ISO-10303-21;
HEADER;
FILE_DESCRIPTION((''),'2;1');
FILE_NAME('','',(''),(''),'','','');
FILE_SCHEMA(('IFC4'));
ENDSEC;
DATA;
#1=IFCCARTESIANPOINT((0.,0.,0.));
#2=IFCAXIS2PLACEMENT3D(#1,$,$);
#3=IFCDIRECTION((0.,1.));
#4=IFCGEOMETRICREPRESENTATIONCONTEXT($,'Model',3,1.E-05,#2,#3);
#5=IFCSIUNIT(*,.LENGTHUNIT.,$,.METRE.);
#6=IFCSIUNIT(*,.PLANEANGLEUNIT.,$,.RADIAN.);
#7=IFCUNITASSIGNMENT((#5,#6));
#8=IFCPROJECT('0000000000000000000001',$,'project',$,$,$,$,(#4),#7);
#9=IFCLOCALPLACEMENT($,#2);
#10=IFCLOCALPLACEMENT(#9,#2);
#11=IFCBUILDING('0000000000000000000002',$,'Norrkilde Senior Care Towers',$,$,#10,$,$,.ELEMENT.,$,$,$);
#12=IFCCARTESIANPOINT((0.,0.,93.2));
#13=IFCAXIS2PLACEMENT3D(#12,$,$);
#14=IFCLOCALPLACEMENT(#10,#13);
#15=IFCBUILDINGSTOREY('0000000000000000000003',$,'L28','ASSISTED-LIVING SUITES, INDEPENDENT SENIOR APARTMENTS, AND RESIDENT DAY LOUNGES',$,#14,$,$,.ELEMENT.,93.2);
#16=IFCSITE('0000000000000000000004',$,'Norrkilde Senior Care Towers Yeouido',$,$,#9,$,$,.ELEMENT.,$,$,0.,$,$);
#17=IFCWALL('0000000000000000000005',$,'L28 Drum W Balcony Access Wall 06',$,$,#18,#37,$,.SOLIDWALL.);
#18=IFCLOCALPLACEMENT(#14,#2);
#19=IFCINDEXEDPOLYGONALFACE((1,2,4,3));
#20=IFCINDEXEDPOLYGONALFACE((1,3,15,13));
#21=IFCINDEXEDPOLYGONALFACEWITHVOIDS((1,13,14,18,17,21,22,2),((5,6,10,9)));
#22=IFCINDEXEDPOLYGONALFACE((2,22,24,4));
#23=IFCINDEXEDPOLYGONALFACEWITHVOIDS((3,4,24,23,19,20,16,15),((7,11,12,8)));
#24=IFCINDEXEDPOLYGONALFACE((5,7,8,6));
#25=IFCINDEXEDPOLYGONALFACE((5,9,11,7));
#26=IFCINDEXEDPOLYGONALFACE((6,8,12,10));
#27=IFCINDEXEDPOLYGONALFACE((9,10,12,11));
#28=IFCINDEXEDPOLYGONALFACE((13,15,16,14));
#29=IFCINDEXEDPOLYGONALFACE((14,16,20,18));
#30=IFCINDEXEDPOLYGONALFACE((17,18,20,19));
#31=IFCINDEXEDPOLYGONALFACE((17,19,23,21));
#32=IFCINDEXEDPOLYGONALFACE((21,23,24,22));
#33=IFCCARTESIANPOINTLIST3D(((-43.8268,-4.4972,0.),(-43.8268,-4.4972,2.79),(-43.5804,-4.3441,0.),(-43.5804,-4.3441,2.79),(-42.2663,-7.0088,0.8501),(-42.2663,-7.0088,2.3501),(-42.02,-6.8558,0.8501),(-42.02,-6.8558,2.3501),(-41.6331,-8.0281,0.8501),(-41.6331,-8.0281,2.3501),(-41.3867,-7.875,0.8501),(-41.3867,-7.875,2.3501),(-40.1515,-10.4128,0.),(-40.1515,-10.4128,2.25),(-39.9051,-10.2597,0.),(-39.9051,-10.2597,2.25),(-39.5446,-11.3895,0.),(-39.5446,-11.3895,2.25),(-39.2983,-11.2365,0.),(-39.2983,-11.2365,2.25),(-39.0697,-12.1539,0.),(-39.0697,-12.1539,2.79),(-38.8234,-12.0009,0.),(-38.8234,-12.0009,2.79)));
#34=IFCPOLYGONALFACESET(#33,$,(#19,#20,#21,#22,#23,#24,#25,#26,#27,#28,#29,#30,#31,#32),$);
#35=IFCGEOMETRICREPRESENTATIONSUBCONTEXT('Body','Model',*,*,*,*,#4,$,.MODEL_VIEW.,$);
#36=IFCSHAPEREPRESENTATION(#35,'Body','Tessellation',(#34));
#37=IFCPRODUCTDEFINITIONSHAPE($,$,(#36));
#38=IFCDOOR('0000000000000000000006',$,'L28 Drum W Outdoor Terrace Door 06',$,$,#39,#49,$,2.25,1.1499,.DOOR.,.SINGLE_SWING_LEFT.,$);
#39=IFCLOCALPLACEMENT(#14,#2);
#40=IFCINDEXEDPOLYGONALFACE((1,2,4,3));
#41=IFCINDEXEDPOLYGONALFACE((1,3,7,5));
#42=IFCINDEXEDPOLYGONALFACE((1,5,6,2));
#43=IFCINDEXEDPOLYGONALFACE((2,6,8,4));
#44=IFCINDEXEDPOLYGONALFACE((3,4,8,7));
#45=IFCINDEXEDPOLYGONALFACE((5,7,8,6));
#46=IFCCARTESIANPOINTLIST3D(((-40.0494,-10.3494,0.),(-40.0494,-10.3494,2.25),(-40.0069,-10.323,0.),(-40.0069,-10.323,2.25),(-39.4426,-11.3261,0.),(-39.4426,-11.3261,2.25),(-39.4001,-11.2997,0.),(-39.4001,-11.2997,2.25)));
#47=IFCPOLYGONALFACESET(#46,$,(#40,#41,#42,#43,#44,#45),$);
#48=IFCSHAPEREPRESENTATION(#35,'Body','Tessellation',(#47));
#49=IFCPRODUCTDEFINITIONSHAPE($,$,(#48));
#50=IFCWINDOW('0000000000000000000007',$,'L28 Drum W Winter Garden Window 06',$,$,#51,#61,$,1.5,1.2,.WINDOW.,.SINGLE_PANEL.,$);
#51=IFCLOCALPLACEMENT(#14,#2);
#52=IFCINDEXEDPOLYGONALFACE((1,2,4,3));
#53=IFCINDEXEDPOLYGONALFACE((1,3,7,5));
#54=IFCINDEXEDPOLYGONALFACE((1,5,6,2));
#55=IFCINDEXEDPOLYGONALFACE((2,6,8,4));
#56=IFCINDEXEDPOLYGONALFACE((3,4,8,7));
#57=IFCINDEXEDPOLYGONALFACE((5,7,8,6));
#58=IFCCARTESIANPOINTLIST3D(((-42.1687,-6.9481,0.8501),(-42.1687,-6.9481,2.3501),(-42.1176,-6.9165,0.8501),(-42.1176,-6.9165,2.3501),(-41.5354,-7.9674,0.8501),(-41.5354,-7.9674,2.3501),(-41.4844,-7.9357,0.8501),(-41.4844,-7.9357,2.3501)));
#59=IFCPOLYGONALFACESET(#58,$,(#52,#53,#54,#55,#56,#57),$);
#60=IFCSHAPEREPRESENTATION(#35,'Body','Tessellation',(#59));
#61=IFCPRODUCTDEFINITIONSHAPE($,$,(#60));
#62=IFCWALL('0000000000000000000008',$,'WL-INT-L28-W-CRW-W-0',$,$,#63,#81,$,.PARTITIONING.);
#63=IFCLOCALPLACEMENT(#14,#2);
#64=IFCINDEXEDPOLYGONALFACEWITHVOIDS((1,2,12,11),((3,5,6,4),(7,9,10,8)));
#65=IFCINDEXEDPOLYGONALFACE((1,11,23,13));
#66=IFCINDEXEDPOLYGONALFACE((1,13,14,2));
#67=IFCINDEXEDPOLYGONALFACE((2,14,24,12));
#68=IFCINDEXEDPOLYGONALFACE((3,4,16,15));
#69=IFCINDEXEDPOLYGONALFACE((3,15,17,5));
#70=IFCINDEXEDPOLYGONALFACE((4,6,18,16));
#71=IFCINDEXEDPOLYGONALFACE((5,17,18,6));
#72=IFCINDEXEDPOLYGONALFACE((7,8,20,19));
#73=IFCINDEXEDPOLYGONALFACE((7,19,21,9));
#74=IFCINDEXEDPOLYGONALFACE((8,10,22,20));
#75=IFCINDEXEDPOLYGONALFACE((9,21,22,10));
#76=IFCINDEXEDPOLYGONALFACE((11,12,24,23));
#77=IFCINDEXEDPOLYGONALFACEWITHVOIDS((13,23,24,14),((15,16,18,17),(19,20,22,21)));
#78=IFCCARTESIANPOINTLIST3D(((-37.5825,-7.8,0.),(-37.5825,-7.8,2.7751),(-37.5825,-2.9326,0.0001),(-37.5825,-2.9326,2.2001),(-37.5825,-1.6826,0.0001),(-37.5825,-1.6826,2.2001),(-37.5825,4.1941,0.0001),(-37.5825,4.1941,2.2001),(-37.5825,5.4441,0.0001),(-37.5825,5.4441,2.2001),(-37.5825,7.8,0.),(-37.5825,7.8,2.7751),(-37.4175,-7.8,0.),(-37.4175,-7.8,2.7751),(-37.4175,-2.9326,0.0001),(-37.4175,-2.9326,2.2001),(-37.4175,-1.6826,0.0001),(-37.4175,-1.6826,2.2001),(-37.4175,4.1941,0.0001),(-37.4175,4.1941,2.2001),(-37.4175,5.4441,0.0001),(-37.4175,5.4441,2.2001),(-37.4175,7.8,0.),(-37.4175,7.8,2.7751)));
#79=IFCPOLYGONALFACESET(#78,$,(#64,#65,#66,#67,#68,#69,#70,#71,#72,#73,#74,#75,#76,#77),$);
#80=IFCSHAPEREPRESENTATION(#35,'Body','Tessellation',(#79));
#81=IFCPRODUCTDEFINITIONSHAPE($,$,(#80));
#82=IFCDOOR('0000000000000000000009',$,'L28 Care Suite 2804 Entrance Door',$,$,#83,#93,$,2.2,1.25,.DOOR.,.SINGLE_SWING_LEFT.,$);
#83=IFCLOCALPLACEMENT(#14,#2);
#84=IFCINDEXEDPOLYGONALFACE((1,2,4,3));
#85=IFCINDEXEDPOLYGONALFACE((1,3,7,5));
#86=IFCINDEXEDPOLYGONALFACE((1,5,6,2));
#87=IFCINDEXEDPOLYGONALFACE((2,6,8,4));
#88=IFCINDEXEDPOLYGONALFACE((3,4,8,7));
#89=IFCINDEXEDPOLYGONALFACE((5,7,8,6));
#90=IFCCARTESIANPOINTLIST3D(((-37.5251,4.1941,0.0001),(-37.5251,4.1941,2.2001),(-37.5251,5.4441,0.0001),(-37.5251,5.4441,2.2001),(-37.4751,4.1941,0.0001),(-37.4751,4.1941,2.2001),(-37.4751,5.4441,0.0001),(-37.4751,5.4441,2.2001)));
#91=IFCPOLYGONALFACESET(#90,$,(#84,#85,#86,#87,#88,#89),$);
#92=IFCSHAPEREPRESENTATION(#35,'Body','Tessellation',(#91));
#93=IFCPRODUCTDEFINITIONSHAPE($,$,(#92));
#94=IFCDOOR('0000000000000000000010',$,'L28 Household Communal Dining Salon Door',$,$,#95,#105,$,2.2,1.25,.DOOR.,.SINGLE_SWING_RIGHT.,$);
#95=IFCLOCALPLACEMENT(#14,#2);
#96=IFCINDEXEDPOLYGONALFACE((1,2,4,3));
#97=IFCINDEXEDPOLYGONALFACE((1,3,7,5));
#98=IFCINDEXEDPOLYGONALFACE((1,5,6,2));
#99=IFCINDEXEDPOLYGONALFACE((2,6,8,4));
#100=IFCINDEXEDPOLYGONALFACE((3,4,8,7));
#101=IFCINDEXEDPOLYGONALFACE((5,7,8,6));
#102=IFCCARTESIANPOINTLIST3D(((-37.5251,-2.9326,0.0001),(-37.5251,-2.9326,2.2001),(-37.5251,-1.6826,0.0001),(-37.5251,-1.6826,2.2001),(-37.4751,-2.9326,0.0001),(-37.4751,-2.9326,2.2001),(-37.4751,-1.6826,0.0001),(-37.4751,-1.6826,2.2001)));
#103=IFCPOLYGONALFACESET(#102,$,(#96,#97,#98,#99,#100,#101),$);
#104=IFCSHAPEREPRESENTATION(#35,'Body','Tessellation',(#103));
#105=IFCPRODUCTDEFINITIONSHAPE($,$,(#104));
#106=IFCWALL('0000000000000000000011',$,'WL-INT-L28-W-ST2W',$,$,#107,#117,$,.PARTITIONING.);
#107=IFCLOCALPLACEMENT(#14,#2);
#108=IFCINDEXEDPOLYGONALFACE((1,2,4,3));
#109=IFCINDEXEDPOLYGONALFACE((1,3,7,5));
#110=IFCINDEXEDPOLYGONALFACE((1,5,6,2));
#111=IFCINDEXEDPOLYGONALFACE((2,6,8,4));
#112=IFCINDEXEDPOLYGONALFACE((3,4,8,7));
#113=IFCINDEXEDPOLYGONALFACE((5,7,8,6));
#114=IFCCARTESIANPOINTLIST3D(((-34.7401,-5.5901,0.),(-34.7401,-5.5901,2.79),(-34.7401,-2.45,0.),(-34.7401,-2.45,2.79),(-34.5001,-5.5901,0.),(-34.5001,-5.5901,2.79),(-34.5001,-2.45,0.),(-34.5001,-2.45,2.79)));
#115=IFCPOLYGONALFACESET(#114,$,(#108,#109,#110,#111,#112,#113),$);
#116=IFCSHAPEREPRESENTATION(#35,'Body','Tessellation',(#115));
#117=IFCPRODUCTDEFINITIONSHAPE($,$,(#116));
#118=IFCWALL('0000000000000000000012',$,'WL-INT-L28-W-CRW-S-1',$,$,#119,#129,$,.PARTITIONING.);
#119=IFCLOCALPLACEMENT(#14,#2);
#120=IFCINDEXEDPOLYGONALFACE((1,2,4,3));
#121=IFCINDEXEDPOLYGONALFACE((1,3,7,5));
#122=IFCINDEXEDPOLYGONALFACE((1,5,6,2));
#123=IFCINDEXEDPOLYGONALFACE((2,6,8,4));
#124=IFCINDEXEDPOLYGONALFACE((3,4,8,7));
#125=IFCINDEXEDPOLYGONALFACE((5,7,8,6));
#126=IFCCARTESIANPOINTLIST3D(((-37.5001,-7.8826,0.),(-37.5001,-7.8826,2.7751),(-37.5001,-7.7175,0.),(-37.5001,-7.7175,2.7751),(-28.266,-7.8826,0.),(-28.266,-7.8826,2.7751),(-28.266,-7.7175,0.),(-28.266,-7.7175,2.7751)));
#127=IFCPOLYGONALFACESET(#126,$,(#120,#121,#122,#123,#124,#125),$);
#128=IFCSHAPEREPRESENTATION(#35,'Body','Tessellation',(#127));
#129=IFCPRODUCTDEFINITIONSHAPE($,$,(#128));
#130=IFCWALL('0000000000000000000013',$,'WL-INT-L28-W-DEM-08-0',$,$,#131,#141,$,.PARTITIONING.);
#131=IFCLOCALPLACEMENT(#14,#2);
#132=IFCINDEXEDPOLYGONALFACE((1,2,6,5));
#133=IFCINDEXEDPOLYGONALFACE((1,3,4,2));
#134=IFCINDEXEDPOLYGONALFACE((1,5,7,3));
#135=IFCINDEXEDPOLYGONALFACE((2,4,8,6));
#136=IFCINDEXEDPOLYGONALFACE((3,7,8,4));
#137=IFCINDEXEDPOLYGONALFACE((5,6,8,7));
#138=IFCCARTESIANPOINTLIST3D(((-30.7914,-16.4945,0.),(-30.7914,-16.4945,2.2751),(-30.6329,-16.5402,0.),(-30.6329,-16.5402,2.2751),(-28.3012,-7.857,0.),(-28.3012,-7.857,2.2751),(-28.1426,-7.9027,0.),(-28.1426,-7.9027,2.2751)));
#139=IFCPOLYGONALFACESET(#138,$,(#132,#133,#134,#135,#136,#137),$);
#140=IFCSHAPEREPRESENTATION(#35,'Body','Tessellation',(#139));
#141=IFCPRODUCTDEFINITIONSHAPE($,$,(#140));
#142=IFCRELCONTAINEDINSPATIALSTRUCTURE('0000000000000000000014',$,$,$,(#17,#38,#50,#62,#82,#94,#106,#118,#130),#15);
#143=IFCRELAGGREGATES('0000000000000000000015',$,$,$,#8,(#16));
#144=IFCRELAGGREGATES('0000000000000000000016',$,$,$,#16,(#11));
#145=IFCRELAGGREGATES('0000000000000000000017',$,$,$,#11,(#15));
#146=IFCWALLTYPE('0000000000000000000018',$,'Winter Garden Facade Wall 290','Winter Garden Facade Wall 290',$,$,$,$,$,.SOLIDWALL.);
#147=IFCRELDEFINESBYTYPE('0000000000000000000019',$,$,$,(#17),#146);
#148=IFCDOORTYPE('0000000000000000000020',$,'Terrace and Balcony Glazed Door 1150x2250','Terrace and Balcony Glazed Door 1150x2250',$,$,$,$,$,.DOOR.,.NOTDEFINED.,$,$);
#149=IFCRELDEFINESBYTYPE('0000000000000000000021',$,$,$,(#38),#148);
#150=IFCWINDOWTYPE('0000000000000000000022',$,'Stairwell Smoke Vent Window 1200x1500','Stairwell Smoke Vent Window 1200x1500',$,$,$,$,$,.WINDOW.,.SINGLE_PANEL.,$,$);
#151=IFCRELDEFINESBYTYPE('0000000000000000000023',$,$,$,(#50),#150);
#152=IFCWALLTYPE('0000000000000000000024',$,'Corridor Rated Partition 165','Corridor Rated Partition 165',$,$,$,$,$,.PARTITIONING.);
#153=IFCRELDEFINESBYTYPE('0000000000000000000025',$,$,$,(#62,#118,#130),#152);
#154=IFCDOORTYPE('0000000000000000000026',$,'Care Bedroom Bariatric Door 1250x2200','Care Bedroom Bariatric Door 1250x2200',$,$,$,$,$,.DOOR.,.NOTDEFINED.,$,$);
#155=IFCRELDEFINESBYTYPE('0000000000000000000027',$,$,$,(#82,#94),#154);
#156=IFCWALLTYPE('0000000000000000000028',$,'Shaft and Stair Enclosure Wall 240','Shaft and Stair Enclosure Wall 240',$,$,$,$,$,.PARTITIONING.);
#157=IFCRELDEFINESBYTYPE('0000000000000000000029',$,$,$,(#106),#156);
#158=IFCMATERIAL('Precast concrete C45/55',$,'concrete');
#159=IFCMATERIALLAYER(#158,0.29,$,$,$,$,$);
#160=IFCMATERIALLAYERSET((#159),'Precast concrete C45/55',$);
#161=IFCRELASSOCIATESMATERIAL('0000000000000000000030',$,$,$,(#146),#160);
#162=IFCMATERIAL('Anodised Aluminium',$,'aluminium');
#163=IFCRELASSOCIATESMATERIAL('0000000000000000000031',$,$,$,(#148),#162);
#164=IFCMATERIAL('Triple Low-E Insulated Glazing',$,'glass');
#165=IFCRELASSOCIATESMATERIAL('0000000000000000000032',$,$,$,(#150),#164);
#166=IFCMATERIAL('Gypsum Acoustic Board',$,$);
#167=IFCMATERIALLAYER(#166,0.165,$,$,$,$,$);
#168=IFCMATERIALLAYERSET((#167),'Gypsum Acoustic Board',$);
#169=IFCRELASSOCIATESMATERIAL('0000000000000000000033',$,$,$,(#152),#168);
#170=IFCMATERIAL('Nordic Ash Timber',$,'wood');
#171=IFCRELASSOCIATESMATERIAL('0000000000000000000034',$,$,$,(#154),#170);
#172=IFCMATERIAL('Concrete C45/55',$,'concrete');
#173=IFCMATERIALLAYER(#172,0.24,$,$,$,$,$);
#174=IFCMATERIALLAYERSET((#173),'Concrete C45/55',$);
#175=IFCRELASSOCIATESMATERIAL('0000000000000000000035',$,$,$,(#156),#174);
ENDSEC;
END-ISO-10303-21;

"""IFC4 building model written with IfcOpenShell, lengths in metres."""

from ifc_helpers import new_model, si_unit, direction, frame, frame_2d, origin, place, context, subcontext, project, spatial, rectangle, extrude, source, transform, mapped, material, layer, layer_set, type_object, type_shapes, element, fill, save


model = new_model("IFC4")

# Units and contexts
model_context = context("Model", 3, precision=1e-05, world=origin(), true_north=direction((0.0, 1.0)))
body_context = subcontext(model_context, "Body", "Model", "MODEL_VIEW")
ifc_project = project(units=[si_unit("LENGTHUNIT", "METRE"), si_unit("PLANEANGLEUNIT", "RADIAN")], contexts=[model_context])

# Site, building, storey
site_placement = place(None, origin())
site = spatial("IfcSite", under=ifc_project, at=site_placement, Name="Norrkilde Senior Care Towers Yeouido", CompositionType="ELEMENT", RefElevation=0.0)
building_placement = place(site_placement, origin())
building = spatial("IfcBuilding", under=site, at=building_placement, Name="Norrkilde Senior Care Towers", CompositionType="ELEMENT")
storey_placement = place(building_placement, frame((0.0, 0.0, 93.2)))
storey = spatial("IfcBuildingStorey", under=building, at=storey_placement, Name="L28", Description="ASSISTED-LIVING SUITES, INDEPENDENT SENIOR APARTMENTS, AND RESIDENT DAY LOUNGES", CompositionType="ELEMENT", Elevation=93.2)

# Shared definitions
ifc_material_1 = material(Name="Triple Low-E Insulated Glazing", Category="glass")
ifc_material_2 = material(Name="Anodised Aluminium", Category="aluminium")

# Wall, openings, door, window
ifc_material_3 = material(Name="Precast concrete C45/55", Category="concrete")
ifc_layer_1 = layer(ifc_material_3, 0.29)
ifc_layer_set_1 = layer_set([ifc_layer_1], Name="Precast concrete C45/55")
wall_type_1 = type_object("IfcWallType", Name="Winter Garden Facade Wall 290", Description="Winter Garden Facade Wall 290", PredefinedType="SOLIDWALL", material=ifc_layer_set_1)
shared_shape_1 = source(origin(), body_context, "Body", "SweptSolid", [
    extrude(rectangle(XDim=9.0142, YDim=0.29, at=frame_2d((4.5071, 0.0))), origin(), (0.0, 0.0, 1.0), 2.79),
])
type_shapes(wall_type_1, [shared_shape_1])
wall_1_placement = place(storey_placement, frame((-38.9465, -12.0774, 0.0), z_axis=(0.0, 0.0, 1.0), x_axis=(-0.527733, 0.84941, 0.0)))
wall_1 = element("IfcWall", 1, at=wall_1_placement, inside=storey, type_object=wall_type_1, Name="L28 Drum W Balcony Access Wall 06", PredefinedType="SOLIDWALL", context=body_context, shape_type="MappedRepresentation", body=[
    mapped(shared_shape_1, transform((0.0, 0.0, 0.0), x_axis=(1.0, 0.0, 0.0), y_axis=(0.0, 1.0, 0.0), z_axis=(0.0, 0.0, 1.0), scale=1.0)),
])
opening_1_placement = place(wall_1_placement, frame((0.8999, 0.0, 0.0)))
opening_1 = element("IfcOpeningElement", 2, at=opening_1_placement, cuts=wall_1, PredefinedType="OPENING", context=body_context, shape_type="SweptSolid", body=[
    extrude(rectangle(XDim=1.1499, YDim=2.25, at=frame_2d((0.575, 1.125))), frame((0.0, 0.155, 0.0), z_axis=(0.0, -1.0, 0.0), x_axis=(1.0, 0.0, 0.0)), (0.0, 0.0, 1.0), 0.3101),
])
opening_2_placement = place(wall_1_placement, frame((4.8572, 0.0, 0.8501)))
opening_2 = element("IfcOpeningElement", 3, at=opening_2_placement, cuts=wall_1, PredefinedType="OPENING", context=body_context, shape_type="SweptSolid", body=[
    extrude(rectangle(XDim=1.2, YDim=1.5, at=frame_2d((0.6001, 0.75))), frame((0.0, 0.155, 0.0), z_axis=(0.0, -1.0, 0.0), x_axis=(1.0, 0.0, 0.0)), (0.0, 0.0, 1.0), 0.3101),
])
door_type_1 = type_object("IfcDoorType", Name="Terrace and Balcony Glazed Door 1150x2250", Description="Terrace and Balcony Glazed Door 1150x2250", OperationType="NOTDEFINED", PredefinedType="DOOR", material=ifc_material_2)
shared_shape_2 = source(origin(), body_context, "Body", "SweptSolid", [
    extrude(rectangle(XDim=1.1499, YDim=2.25, at=frame_2d((0.575, 1.125))), frame((0.0, 0.0249, 0.0), z_axis=(0.0, -1.0, 0.0), x_axis=(1.0, 0.0, 0.0)), (0.0, 0.0, 1.0), 0.05),
])
type_shapes(door_type_1, [shared_shape_2])
door_1_placement = place(opening_1_placement, origin())
door_1 = element("IfcDoor", 4, at=door_1_placement, inside=storey, type_object=door_type_1, Name="L28 Drum W Outdoor Terrace Door 06", OperationType="SINGLE_SWING_LEFT", OverallHeight=2.25, OverallWidth=1.1499, PredefinedType="DOOR", context=body_context, shape_type="MappedRepresentation", body=[
    mapped(shared_shape_2, transform((0.0, 0.0, 0.0), x_axis=(1.0, 0.0, 0.0), y_axis=(0.0, 1.0, 0.0), z_axis=(0.0, 0.0, 1.0), scale=1.0)),
])
fill(opening_1, door_1)
window_type = type_object("IfcWindowType", Name="Stairwell Smoke Vent Window 1200x1500", Description="Stairwell Smoke Vent Window 1200x1500", PartitioningType="SINGLE_PANEL", PredefinedType="WINDOW", material=ifc_material_1)
shared_shape_3 = source(origin(), body_context, "Body", "SweptSolid", [
    extrude(rectangle(XDim=1.2, YDim=1.5, at=frame_2d((0.6001, 0.75))), frame((0.0, 0.03, 0.0), z_axis=(0.0, -1.0, 0.0), x_axis=(1.0, 0.0, 0.0)), (0.0, 0.0, 1.0), 0.0601),
])
type_shapes(window_type, [shared_shape_3])
window_placement = place(opening_2_placement, origin())
window = element("IfcWindow", 5, at=window_placement, inside=storey, type_object=window_type, Name="L28 Drum W Winter Garden Window 06", OverallHeight=1.5, OverallWidth=1.2, PartitioningType="SINGLE_PANEL", PredefinedType="WINDOW", context=body_context, shape_type="MappedRepresentation", body=[
    mapped(shared_shape_3, transform((0.0, 0.0, 0.0), x_axis=(1.0, 0.0, 0.0), y_axis=(0.0, 1.0, 0.0), z_axis=(0.0, 0.0, 1.0), scale=1.0)),
])
fill(opening_2, window)

# Wall, openings, doors
ifc_material_4 = material(Name="Gypsum Acoustic Board")
ifc_layer_2 = layer(ifc_material_4, 0.165)
ifc_layer_set_2 = layer_set([ifc_layer_2], Name="Gypsum Acoustic Board")
wall_type_2 = type_object("IfcWallType", Name="Corridor Rated Partition 165", Description="Corridor Rated Partition 165", PredefinedType="PARTITIONING", material=ifc_layer_set_2)
shared_shape_4 = source(origin(), body_context, "Body", "SweptSolid", [
    extrude(rectangle(XDim=15.6001, YDim=0.165, at=frame_2d((7.8, 0.0))), origin(), (0.0, 0.0, 1.0), 2.7751),
])
wall_2_placement = place(storey_placement, frame((-37.5, -7.8, 0.0), z_axis=(0.0, 0.0, 1.0), x_axis=(0.0, 1.0, 0.0)))
wall_2 = element("IfcWall", 6, at=wall_2_placement, inside=storey, type_object=wall_type_2, Name="WL-INT-L28-W-CRW-W-0", PredefinedType="PARTITIONING", context=body_context, shape_type="MappedRepresentation", body=[
    mapped(shared_shape_4, transform((0.0, 0.0, 0.0), x_axis=(1.0, 0.0, 0.0), y_axis=(0.0, 1.0, 0.0), z_axis=(0.0, 0.0, 1.0), scale=1.0)),
])
opening_3_placement = place(wall_2_placement, frame((11.9941, 0.0, 0.0)))
opening_3 = element("IfcOpeningElement", 7, at=opening_3_placement, cuts=wall_2, PredefinedType="OPENING", context=body_context, shape_type="SweptSolid", body=[
    extrude(rectangle(XDim=1.25, YDim=2.2, at=frame_2d((0.625, 1.1001))), frame((0.0, 0.0925, 0.0), z_axis=(0.0, -1.0, 0.0), x_axis=(1.0, 0.0, 0.0)), (0.0, 0.0, 1.0), 0.1851),
])
opening_4_placement = place(wall_2_placement, frame((4.8674, 0.0, 0.0)))
opening_4 = element("IfcOpeningElement", 8, at=opening_4_placement, cuts=wall_2, PredefinedType="OPENING", context=body_context, shape_type="SweptSolid", body=[
    extrude(rectangle(XDim=1.25, YDim=2.2, at=frame_2d((0.625, 1.1001))), frame((0.0, 0.0925, 0.0), z_axis=(0.0, -1.0, 0.0), x_axis=(1.0, 0.0, 0.0)), (0.0, 0.0, 1.0), 0.1851),
])
ifc_material_5 = material(Name="Nordic Ash Timber", Category="wood")
door_type_2 = type_object("IfcDoorType", Name="Care Bedroom Bariatric Door 1250x2200", Description="Care Bedroom Bariatric Door 1250x2200", OperationType="NOTDEFINED", PredefinedType="DOOR", material=ifc_material_5)
shared_shape_5 = source(origin(), body_context, "Body", "SweptSolid", [
    extrude(rectangle(XDim=1.25, YDim=2.2, at=frame_2d((0.625, 1.1001))), frame((0.0, 0.0249, 0.0), z_axis=(0.0, -1.0, 0.0), x_axis=(1.0, 0.0, 0.0)), (0.0, 0.0, 1.0), 0.05),
])
type_shapes(door_type_2, [shared_shape_5])
door_2_placement = place(opening_3_placement, frame((1.25, 0.0, 0.0), z_axis=(0.0, 0.0, 1.0), x_axis=(-1.0, 0.0, 0.0)))
door_2 = element("IfcDoor", 9, at=door_2_placement, inside=storey, type_object=door_type_2, Name="L28 Care Suite 2804 Entrance Door", OperationType="SINGLE_SWING_LEFT", OverallHeight=2.2, OverallWidth=1.25, PredefinedType="DOOR", context=body_context, shape_type="MappedRepresentation", body=[
    mapped(shared_shape_5, transform((0.0, 0.0, 0.0), x_axis=(1.0, 0.0, 0.0), y_axis=(0.0, 1.0, 0.0), z_axis=(0.0, 0.0, 1.0), scale=1.0)),
])
fill(opening_3, door_2)
door_3_placement = place(opening_4_placement, frame((1.25, 0.0, 0.0), z_axis=(0.0, 0.0, 1.0), x_axis=(-1.0, 0.0, 0.0)))
door_3 = element("IfcDoor", 10, at=door_3_placement, inside=storey, type_object=door_type_2, Name="L28 Household Communal Dining Salon Door", OperationType="SINGLE_SWING_RIGHT", OverallHeight=2.2, OverallWidth=1.25, PredefinedType="DOOR", context=body_context, shape_type="MappedRepresentation", body=[
    mapped(shared_shape_5, transform((0.0, 0.0, 0.0), x_axis=(1.0, 0.0, 0.0), y_axis=(0.0, 1.0, 0.0), z_axis=(0.0, 0.0, 1.0), scale=1.0)),
])
fill(opening_4, door_3)

# Walls
ifc_material_6 = material(Name="Concrete C45/55", Category="concrete")
ifc_layer_3 = layer(ifc_material_6, 0.24)
ifc_layer_set_3 = layer_set([ifc_layer_3], Name="Concrete C45/55")
wall_type_3 = type_object("IfcWallType", Name="Shaft and Stair Enclosure Wall 240", Description="Shaft and Stair Enclosure Wall 240", PredefinedType="PARTITIONING", material=ifc_layer_set_3)
shared_shape_6 = source(origin(), body_context, "Body", "SweptSolid", [
    extrude(rectangle(XDim=3.1401, YDim=0.24, at=frame_2d((1.5701, 0.0))), origin(), (0.0, 0.0, 1.0), 2.79),
])
type_shapes(wall_type_3, [shared_shape_6])
wall_3_placement = place(storey_placement, frame((-34.6201, -5.5901, 0.0), z_axis=(0.0, 0.0, 1.0), x_axis=(0.0, 1.0, 0.0)))
element("IfcWall", 11, at=wall_3_placement, inside=storey, type_object=wall_type_3, Name="WL-INT-L28-W-ST2W", PredefinedType="PARTITIONING", context=body_context, shape_type="MappedRepresentation", body=[
    mapped(shared_shape_6, transform((0.0, 0.0, 0.0), x_axis=(1.0, 0.0, 0.0), y_axis=(0.0, 1.0, 0.0), z_axis=(0.0, 0.0, 1.0), scale=1.0)),
])
shared_shape_7 = source(origin(), body_context, "Body", "SweptSolid", [
    extrude(rectangle(XDim=9.2341, YDim=0.165, at=frame_2d((4.6172, 0.0))), origin(), (0.0, 0.0, 1.0), 2.7751),
])
wall_4_placement = place(storey_placement, frame((-28.2659, -7.8, 0.0), z_axis=(0.0, 0.0, 1.0), x_axis=(-1.0, 0.0, 0.0)))
element("IfcWall", 12, at=wall_4_placement, inside=storey, type_object=wall_type_2, Name="WL-INT-L28-W-CRW-S-1", PredefinedType="PARTITIONING", context=body_context, shape_type="MappedRepresentation", body=[
    mapped(shared_shape_7, transform((0.0, 0.0, 0.0), x_axis=(1.0, 0.0, 0.0), y_axis=(0.0, 1.0, 0.0), z_axis=(0.0, 0.0, 1.0), scale=1.0)),
])
shared_shape_8 = source(origin(), body_context, "Body", "SweptSolid", [
    extrude(rectangle(XDim=8.9893, YDim=0.165, at=frame_2d((4.4946, 0.0))), origin(), (0.0, 0.0, 1.0), 2.2751),
])
type_shapes(wall_type_2, [shared_shape_4, shared_shape_7, shared_shape_8])
wall_5_placement = place(storey_placement, frame((-28.2219, -7.8799, 0.0), z_axis=(0.0, 0.0, 1.0), x_axis=(-0.277023, -0.960863, 0.0)))
element("IfcWall", 13, at=wall_5_placement, inside=storey, type_object=wall_type_2, Name="WL-INT-L28-W-DEM-08-0", PredefinedType="PARTITIONING", context=body_context, shape_type="MappedRepresentation", body=[
    mapped(shared_shape_8, transform((0.0, 0.0, 0.0), x_axis=(1.0, 0.0, 0.0), y_axis=(0.0, 1.0, 0.0), z_axis=(0.0, 0.0, 1.0), scale=1.0)),
])

save(model, "model.ifc")
